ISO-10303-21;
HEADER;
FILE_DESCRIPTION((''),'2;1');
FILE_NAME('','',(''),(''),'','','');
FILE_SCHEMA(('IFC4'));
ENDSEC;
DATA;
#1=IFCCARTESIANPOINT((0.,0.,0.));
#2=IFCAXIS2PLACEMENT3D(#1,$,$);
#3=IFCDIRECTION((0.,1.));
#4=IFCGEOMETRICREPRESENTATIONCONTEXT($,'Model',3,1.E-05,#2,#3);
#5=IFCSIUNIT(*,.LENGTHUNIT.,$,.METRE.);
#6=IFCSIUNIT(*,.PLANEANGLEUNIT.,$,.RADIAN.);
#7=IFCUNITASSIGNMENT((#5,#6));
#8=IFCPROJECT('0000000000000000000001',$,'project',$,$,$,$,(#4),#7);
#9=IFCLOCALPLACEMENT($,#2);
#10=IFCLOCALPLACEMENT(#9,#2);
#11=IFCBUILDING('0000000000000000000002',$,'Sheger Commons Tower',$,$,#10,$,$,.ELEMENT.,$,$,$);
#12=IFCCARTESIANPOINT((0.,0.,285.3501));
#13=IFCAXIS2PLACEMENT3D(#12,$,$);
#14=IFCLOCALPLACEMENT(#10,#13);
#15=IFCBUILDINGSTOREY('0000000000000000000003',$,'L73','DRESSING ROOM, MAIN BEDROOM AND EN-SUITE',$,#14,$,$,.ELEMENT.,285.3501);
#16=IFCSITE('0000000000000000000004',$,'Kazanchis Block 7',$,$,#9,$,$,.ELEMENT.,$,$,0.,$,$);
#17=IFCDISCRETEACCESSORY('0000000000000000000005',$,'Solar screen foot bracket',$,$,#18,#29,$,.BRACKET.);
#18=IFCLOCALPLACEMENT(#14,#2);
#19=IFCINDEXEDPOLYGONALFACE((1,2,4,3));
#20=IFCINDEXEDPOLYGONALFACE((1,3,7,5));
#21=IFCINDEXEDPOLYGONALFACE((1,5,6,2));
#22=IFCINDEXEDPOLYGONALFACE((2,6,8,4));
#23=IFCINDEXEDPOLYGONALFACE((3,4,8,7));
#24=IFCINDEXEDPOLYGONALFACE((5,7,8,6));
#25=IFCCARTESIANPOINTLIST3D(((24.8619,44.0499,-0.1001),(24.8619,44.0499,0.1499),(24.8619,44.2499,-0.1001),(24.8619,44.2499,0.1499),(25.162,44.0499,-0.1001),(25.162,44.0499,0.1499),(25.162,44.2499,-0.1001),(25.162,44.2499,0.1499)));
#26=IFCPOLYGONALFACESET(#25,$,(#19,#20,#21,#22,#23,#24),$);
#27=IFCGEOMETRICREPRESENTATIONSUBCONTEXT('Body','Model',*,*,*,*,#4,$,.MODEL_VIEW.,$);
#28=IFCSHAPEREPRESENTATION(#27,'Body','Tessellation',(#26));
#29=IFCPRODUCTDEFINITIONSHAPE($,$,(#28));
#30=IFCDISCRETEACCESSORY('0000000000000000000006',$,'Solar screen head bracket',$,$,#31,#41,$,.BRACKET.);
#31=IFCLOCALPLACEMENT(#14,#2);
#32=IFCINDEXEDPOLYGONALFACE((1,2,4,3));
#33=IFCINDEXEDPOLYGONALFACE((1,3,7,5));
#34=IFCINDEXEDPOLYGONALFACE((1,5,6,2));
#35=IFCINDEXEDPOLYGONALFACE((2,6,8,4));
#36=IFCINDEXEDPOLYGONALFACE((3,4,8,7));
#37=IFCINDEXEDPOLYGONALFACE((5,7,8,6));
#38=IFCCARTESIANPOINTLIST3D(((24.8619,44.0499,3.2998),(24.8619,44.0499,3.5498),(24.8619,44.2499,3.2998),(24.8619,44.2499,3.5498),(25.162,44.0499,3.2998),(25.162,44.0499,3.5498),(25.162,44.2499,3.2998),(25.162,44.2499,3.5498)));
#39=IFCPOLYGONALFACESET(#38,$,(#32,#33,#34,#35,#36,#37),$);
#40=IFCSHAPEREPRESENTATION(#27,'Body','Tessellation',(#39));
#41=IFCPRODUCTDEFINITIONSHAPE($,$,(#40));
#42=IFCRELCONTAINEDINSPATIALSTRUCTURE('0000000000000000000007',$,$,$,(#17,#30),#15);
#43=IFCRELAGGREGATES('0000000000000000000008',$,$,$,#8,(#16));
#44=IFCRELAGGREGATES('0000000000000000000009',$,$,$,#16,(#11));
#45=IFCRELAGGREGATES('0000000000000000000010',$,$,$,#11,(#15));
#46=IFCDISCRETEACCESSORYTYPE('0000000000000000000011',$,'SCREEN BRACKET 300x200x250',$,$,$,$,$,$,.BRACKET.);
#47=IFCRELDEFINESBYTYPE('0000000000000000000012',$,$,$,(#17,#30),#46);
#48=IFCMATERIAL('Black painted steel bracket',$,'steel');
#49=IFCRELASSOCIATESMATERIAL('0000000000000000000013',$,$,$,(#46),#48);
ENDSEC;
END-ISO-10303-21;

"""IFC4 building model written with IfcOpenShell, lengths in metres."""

from ifc_helpers import new_model, si_unit, direction, frame, origin, origin_2d, place, context, subcontext, project, spatial, rectangle, extrude, material, type_object, element, save


model = new_model("IFC4")

# Units and contexts
model_context = context("Model", 3, precision=1e-05, world=origin(), true_north=direction((0.0, 1.0)))
body_context = subcontext(model_context, "Body", "Model", "MODEL_VIEW")
ifc_project = project(units=[si_unit("LENGTHUNIT", "METRE"), si_unit("PLANEANGLEUNIT", "RADIAN")], contexts=[model_context])

# Site, building, storey
site_placement = place(None, origin())
site = spatial("IfcSite", under=ifc_project, at=site_placement, Name="Kazanchis Block 7", CompositionType="ELEMENT", RefElevation=0.0)
building_placement = place(site_placement, origin())
building = spatial("IfcBuilding", under=site, at=building_placement, Name="Sheger Commons Tower", CompositionType="ELEMENT")
storey_placement = place(building_placement, frame((0.0, 0.0, 285.3501)))
storey = spatial("IfcBuildingStorey", under=building, at=storey_placement, Name="L73", Description="DRESSING ROOM, MAIN BEDROOM AND EN-SUITE", CompositionType="ELEMENT", Elevation=285.3501)

# Discrete accessories
ifc_material_1 = material(Name="Black painted steel bracket", Category="steel")
discrete_accessory_type = type_object("IfcDiscreteAccessoryType", Name="SCREEN BRACKET 300x200x250", PredefinedType="BRACKET", material=ifc_material_1)
for number, where, z_axis, x_axis, name in (
    (1, (25.012, 44.1499, -0.1001), (0.0, 0.0, 1.0), (-1.0, 0.0, 0.0), "Solar screen foot bracket"),
    (2, (25.012, 44.1499, 3.2998), (0.0, 0.0, 1.0), (-1.0, 0.0, 0.0), "Solar screen head bracket"),
):
    element("IfcDiscreteAccessory", number, at=place(storey_placement, frame(where, z_axis=z_axis, x_axis=x_axis)), inside=storey, type_object=discrete_accessory_type, Name=name, PredefinedType="BRACKET", context=body_context, shape_type="SweptSolid", body=[
        extrude(rectangle(XDim=0.3, YDim=0.2, at=origin_2d()), origin(), (0.0, 0.0, 1.0), 0.25),
    ])

save(model, "model.ifc")
